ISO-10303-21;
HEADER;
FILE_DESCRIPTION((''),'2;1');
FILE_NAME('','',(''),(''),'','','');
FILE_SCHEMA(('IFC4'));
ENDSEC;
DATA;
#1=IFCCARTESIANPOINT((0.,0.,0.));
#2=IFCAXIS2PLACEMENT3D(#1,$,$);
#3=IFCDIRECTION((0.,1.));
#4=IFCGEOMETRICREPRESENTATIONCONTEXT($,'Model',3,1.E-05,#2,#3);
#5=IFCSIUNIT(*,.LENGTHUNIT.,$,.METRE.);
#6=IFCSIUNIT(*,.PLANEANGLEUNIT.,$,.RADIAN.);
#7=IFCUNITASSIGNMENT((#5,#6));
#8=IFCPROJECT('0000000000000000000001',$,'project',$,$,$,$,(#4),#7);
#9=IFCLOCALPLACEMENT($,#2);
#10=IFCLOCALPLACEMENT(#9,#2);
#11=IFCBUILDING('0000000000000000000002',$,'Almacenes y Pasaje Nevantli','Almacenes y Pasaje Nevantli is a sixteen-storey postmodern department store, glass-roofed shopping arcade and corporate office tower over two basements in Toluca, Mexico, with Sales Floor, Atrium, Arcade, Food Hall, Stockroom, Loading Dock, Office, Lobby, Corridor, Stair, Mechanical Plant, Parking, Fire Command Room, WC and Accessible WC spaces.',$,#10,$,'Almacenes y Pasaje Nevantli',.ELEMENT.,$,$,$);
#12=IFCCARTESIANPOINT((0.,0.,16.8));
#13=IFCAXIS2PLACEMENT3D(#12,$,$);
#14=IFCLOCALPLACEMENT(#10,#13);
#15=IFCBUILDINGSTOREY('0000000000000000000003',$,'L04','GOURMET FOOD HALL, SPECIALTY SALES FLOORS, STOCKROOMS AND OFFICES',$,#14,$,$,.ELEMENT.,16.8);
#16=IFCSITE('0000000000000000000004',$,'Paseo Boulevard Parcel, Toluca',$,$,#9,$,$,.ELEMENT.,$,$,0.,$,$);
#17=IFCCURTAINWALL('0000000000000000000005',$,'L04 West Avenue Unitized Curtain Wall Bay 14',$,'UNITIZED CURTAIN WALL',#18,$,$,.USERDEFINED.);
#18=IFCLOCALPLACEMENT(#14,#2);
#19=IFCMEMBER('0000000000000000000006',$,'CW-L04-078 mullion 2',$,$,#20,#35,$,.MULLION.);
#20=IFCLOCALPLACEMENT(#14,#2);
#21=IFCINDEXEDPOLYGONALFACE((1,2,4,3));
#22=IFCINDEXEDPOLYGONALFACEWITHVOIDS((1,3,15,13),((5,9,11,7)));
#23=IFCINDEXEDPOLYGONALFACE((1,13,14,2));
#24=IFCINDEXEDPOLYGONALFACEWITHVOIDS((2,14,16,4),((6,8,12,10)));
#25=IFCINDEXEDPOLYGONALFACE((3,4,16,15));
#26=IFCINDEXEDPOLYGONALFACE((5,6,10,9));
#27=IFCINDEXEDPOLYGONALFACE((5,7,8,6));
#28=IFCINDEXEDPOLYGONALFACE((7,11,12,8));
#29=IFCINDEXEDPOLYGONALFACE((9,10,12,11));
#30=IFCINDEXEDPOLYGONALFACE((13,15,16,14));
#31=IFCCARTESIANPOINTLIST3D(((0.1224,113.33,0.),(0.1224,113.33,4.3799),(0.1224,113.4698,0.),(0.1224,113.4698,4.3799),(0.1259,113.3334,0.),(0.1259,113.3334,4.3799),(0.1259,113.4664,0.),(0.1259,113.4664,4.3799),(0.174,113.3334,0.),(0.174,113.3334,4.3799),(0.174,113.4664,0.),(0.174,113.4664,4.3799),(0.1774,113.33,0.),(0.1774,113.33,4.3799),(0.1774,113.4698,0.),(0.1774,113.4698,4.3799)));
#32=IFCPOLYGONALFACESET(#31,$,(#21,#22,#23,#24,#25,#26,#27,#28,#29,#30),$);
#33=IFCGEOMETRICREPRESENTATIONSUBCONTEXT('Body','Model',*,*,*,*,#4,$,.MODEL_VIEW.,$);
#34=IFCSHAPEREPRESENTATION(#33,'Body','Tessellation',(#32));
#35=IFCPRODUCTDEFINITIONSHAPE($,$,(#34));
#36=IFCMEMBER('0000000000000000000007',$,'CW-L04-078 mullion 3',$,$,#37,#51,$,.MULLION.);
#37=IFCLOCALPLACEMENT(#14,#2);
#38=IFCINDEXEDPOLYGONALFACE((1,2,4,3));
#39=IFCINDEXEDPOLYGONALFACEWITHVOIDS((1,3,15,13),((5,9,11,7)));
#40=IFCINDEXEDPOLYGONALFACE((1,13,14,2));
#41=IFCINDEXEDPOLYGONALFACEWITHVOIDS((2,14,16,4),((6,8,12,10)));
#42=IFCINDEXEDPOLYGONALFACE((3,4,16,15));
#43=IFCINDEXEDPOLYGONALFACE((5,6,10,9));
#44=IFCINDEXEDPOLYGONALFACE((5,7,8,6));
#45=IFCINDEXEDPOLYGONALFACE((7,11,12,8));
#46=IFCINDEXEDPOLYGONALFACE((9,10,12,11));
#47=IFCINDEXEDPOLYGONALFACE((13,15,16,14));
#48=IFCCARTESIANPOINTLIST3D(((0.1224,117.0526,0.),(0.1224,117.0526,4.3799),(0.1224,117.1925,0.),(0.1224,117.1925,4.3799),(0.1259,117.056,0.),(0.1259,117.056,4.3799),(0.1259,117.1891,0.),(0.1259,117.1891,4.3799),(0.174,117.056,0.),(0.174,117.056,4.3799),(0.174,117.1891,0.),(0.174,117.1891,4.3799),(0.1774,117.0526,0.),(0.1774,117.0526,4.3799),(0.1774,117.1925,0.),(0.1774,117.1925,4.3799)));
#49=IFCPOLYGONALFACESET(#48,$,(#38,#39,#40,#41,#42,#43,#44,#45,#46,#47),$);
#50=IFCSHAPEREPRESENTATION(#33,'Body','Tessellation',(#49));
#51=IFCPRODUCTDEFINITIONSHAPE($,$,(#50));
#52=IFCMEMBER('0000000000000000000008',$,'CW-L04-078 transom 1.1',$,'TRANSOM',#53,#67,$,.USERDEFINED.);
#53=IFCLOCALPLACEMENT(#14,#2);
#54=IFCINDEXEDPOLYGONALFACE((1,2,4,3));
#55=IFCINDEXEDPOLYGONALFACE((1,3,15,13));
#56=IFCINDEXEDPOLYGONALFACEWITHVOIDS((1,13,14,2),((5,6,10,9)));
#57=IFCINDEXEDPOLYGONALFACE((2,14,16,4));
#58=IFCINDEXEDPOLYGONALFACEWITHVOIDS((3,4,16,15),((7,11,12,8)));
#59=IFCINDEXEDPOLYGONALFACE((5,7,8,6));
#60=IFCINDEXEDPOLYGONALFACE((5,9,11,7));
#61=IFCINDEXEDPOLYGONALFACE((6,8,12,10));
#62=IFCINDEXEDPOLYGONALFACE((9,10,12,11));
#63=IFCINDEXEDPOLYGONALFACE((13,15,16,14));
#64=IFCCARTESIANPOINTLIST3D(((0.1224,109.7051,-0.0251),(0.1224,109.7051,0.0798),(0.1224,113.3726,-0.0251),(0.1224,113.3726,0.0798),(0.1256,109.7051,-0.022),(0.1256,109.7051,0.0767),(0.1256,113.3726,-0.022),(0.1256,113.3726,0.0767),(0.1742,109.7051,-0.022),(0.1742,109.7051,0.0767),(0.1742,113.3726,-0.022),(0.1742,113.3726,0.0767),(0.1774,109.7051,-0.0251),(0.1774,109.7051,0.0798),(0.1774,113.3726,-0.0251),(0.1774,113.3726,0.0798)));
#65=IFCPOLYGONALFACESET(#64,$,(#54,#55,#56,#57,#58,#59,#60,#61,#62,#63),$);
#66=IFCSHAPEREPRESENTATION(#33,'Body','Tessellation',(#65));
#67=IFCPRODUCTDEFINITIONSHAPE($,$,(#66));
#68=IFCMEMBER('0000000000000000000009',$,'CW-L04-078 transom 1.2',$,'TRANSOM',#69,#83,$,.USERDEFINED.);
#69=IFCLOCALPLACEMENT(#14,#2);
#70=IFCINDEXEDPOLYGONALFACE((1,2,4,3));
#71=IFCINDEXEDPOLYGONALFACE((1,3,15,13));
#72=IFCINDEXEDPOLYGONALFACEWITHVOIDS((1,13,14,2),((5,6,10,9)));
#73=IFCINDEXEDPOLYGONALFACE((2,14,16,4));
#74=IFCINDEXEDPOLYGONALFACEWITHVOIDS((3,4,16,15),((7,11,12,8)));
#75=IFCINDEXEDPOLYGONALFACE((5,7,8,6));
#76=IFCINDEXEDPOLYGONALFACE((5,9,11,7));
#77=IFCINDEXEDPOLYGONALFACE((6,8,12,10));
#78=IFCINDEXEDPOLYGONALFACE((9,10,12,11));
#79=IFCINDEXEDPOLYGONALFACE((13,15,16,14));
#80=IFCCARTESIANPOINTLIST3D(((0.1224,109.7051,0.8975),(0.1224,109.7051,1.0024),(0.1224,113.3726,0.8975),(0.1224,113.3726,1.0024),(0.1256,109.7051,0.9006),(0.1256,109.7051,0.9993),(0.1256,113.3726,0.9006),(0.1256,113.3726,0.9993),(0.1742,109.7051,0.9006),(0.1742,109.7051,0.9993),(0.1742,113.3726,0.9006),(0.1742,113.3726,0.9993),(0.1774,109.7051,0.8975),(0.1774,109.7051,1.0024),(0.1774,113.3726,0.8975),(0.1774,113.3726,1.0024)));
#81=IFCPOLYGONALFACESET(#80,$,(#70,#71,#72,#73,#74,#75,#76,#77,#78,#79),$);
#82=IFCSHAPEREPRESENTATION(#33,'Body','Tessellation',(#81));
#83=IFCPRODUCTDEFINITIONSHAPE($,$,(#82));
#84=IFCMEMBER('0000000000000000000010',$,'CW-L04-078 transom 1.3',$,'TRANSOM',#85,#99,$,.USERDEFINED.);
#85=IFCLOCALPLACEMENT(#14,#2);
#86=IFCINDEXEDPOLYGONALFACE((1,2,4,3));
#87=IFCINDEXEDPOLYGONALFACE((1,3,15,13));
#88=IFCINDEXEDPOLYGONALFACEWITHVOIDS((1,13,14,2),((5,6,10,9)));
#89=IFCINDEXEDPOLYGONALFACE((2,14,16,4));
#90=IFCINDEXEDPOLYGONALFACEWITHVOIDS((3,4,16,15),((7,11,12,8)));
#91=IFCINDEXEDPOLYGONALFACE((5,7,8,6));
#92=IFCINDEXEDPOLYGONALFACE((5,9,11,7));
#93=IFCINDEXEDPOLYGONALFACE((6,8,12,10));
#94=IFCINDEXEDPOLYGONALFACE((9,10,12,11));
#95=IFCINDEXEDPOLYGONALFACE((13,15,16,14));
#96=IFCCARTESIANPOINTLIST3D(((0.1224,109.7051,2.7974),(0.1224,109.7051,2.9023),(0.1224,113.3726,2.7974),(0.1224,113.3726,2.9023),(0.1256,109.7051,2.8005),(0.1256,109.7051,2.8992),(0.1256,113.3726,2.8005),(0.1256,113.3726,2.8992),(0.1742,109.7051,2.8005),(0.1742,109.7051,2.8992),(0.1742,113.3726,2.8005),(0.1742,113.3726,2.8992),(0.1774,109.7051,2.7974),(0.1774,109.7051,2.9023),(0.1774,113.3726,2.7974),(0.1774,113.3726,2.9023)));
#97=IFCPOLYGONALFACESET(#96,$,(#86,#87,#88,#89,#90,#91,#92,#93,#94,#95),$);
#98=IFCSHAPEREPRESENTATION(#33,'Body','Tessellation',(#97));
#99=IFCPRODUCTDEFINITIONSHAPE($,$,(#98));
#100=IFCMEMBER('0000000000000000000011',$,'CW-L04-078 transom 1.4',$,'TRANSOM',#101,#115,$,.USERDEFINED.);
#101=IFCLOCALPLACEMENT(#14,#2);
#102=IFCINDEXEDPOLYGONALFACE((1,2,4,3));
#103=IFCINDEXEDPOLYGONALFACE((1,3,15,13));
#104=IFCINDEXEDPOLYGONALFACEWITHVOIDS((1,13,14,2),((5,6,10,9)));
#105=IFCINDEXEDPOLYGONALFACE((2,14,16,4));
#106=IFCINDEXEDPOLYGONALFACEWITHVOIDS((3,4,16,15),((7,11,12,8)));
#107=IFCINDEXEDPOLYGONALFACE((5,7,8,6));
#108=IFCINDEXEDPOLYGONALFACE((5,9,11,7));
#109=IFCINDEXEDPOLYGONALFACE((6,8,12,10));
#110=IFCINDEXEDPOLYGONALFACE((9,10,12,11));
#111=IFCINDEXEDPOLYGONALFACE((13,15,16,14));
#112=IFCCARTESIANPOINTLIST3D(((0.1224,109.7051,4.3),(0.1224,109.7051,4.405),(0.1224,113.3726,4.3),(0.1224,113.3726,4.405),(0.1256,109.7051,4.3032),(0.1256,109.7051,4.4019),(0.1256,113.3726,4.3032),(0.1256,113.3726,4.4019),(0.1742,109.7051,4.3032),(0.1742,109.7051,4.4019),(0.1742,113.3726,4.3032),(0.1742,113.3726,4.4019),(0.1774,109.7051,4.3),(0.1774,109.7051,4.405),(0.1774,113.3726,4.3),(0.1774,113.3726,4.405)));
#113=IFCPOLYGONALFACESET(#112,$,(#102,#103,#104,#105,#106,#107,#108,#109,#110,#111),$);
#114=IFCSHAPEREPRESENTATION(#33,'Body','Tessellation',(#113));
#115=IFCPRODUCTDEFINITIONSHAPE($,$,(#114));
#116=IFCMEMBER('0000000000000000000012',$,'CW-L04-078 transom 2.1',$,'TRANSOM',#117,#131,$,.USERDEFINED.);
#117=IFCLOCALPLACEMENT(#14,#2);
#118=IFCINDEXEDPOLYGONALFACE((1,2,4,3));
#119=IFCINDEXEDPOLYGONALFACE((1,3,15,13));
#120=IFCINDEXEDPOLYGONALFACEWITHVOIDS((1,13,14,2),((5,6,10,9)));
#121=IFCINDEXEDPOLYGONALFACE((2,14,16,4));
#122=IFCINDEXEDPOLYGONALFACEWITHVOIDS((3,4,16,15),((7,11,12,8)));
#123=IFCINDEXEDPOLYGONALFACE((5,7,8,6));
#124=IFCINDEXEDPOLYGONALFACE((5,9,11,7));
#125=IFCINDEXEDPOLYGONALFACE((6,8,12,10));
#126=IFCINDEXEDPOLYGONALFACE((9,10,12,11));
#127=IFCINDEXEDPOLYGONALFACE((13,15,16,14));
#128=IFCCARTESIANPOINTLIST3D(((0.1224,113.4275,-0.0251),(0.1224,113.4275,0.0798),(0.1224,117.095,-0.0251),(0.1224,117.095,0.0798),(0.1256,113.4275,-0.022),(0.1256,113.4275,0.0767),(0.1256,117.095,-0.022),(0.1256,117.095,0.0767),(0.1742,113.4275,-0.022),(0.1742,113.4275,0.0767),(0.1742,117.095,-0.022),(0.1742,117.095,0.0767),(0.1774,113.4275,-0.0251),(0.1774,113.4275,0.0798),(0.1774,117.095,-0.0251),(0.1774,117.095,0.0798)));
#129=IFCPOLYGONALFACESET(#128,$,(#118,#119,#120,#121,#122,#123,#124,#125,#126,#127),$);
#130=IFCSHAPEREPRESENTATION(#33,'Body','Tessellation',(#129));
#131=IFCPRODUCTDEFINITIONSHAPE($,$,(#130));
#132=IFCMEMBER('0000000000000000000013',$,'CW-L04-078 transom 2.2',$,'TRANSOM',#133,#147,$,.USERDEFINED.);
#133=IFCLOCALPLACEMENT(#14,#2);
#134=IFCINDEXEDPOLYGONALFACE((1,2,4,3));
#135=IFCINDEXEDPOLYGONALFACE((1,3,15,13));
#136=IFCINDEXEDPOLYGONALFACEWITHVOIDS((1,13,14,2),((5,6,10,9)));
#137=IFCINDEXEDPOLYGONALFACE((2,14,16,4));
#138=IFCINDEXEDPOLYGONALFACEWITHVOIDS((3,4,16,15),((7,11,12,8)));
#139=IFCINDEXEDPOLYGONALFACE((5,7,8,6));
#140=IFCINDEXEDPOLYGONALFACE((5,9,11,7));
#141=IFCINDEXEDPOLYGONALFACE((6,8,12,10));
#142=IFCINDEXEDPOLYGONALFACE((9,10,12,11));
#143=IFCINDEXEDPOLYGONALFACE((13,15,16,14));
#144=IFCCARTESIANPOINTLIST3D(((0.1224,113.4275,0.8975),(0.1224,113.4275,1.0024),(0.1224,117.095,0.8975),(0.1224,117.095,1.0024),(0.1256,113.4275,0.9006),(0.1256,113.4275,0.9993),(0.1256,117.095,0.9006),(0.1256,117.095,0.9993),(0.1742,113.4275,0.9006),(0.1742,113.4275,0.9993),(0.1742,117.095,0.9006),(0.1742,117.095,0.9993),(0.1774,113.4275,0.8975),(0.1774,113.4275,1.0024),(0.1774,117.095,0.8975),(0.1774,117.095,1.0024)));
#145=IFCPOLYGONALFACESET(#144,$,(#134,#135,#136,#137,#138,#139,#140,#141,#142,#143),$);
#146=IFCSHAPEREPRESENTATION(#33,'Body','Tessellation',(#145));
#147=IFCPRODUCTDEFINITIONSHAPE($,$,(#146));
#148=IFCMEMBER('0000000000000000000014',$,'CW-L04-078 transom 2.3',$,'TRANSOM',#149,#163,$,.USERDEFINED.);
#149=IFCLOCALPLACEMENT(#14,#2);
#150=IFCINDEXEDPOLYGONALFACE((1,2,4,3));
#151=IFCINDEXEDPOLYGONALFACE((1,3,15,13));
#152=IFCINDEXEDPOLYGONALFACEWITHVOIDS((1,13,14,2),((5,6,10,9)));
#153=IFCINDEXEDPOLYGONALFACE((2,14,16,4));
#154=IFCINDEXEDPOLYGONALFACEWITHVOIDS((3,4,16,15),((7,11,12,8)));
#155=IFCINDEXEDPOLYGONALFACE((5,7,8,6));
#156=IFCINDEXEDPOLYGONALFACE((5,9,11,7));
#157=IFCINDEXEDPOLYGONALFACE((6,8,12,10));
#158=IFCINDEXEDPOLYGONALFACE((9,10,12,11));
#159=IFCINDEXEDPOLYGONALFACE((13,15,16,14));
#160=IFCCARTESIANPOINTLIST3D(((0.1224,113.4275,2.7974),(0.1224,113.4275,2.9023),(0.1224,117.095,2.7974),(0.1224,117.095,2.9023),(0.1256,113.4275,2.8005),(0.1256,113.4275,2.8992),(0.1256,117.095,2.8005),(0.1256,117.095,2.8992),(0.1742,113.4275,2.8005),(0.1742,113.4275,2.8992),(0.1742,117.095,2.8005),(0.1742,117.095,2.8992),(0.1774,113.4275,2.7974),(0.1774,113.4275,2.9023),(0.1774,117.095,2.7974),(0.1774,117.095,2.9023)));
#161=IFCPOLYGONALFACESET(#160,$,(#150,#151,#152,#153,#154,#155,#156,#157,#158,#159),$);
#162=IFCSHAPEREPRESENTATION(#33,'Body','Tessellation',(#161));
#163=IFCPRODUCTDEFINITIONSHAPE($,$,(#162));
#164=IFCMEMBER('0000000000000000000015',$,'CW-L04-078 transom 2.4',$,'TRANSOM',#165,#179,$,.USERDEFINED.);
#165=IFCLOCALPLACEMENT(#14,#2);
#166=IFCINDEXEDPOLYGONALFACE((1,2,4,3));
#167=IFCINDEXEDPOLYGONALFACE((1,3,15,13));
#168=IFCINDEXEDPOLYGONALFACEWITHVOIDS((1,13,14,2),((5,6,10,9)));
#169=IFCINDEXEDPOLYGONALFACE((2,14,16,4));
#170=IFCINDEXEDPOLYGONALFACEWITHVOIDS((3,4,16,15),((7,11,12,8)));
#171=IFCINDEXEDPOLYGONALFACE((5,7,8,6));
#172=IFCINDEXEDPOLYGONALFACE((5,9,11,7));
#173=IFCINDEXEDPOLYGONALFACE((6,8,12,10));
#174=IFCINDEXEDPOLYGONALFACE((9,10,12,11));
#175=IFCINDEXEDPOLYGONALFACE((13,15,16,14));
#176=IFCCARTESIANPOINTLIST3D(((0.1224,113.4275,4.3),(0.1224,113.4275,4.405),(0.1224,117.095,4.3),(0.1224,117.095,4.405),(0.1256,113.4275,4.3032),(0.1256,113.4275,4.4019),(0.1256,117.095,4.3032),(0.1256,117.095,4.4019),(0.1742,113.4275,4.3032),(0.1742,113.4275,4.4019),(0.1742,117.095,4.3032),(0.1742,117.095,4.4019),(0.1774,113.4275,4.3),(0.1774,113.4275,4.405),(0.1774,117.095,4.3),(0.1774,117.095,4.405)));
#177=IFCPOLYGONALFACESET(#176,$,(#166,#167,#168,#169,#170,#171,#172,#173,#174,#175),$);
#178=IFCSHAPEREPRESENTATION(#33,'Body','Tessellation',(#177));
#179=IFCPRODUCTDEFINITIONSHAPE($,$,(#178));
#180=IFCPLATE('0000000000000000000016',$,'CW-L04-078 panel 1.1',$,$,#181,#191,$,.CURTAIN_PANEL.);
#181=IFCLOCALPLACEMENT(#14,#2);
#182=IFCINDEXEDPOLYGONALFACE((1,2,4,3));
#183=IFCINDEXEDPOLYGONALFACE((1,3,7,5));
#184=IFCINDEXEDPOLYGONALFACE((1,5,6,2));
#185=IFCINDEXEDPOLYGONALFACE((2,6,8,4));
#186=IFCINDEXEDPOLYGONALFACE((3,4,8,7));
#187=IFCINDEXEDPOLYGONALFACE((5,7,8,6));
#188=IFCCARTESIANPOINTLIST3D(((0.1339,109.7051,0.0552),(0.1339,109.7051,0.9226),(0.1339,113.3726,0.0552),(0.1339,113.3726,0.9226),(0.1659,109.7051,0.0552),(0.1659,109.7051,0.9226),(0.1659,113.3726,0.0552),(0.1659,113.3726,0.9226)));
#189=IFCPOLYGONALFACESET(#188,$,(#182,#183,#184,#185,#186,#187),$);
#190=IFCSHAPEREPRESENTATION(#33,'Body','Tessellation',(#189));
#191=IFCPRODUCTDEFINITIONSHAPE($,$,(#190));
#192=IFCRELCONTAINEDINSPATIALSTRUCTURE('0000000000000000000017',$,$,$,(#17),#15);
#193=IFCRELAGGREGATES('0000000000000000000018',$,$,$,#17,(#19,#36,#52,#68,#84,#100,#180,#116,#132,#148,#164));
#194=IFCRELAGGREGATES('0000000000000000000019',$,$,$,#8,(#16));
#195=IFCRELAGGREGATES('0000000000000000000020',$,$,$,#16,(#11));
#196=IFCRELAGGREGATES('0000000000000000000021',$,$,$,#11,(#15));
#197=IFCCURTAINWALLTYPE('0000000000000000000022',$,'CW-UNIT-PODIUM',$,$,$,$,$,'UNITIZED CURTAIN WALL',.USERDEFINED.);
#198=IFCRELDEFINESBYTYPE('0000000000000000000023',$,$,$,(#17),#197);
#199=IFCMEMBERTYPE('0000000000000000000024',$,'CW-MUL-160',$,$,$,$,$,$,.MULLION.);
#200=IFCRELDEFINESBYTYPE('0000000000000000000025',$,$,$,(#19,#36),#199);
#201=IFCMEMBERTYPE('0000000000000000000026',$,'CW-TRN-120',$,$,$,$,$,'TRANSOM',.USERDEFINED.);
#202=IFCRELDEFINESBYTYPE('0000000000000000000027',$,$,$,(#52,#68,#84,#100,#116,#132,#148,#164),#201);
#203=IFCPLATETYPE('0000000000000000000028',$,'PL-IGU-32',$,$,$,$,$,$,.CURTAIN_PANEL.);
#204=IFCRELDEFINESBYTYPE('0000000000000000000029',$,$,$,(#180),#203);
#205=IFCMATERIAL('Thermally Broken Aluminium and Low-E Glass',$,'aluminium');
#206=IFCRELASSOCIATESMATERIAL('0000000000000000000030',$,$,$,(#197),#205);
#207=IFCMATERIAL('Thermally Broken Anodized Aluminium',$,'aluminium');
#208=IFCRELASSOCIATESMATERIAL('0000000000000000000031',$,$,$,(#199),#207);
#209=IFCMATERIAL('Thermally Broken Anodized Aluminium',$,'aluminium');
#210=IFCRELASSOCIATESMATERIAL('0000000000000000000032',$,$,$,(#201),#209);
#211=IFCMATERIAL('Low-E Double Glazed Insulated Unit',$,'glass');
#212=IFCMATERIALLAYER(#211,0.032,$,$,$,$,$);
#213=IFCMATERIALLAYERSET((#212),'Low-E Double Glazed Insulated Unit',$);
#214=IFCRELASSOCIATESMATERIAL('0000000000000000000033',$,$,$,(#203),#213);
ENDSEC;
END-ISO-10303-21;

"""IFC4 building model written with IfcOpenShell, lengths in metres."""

from ifc_helpers import new_model, si_unit, direction, frame, origin, origin_2d, place, context, subcontext, project, spatial, rectangle, hollow_rectangle, extrude, material, layer, layer_set, material_profile, profile_set, type_object, element, aggregate, save


model = new_model("IFC4")

# Units and contexts
model_context = context("Model", 3, precision=1e-05, world=origin(), true_north=direction((0.0, 1.0)))
body_context = subcontext(model_context, "Body", "Model", "MODEL_VIEW")
ifc_project = project(units=[si_unit("LENGTHUNIT", "METRE"), si_unit("PLANEANGLEUNIT", "RADIAN")], contexts=[model_context])

# Site, building, storey
site_placement = place(None, origin())
site = spatial("IfcSite", under=ifc_project, at=site_placement, Name="Paseo Boulevard Parcel, Toluca", CompositionType="ELEMENT", RefElevation=0.0)
building_placement = place(site_placement, origin())
building = spatial("IfcBuilding", under=site, at=building_placement, Name="Almacenes y Pasaje Nevantli", Description="Almacenes y Pasaje Nevantli is a sixteen-storey postmodern department store, glass-roofed shopping arcade and corporate office tower over two basements in Toluca, Mexico, with Sales Floor, Atrium, Arcade, Food Hall, Stockroom, Loading Dock, Office, Lobby, Corridor, Stair, Mechanical Plant, Parking, Fire Command Room, WC and Accessible WC spaces.", LongName="Almacenes y Pasaje Nevantli", CompositionType="ELEMENT")
storey_placement = place(building_placement, frame((0.0, 0.0, 16.8)))
storey = spatial("IfcBuildingStorey", under=building, at=storey_placement, Name="L04", Description="GOURMET FOOD HALL, SPECIALTY SALES FLOORS, STOCKROOMS AND OFFICES", CompositionType="ELEMENT", Elevation=16.8)

# Curtain wall, members, plate
ifc_material_1 = material(Name="Thermally Broken Aluminium and Low-E Glass", Category="aluminium")
curtain_wall_type = type_object("IfcCurtainWallType", Name="CW-UNIT-PODIUM", ElementType="UNITIZED CURTAIN WALL", PredefinedType="USERDEFINED", material=ifc_material_1)
curtain_wall_placement = place(storey_placement, origin())
curtain_wall = element("IfcCurtainWall", 1, at=curtain_wall_placement, inside=storey, type_object=curtain_wall_type, Name="L04 West Avenue Unitized Curtain Wall Bay 14", ObjectType="UNITIZED CURTAIN WALL", PredefinedType="USERDEFINED")
ifc_material_2 = material(Name="Thermally Broken Anodized Aluminium", Category="aluminium")
ifc_material_profile_1 = material_profile(ifc_material_2, hollow_rectangle(XDim=0.0549, YDim=0.1399, WallThickness=0.0034, at=origin_2d()), Name="ALU-MUL-55x140")
ifc_profile_set_1 = profile_set([ifc_material_profile_1], Name="Thermally Broken Anodized Aluminium")
member_type_1 = type_object("IfcMemberType", Name="CW-MUL-160", PredefinedType="MULLION", material=ifc_profile_set_1)
member_1_placement = place(storey_placement, frame((0.1499, 113.3999, 0.0), z_axis=(0.0, 0.0, 1.0), x_axis=(-1.0, 0.0, 0.0)))
member_1 = element("IfcMember", 2, at=member_1_placement, type_object=member_type_1, Name="CW-L04-078 mullion 2", PredefinedType="MULLION", context=body_context, shape_type="SweptSolid", body=[
    extrude(hollow_rectangle(XDim=0.0549, YDim=0.1399, WallThickness=0.0034, at=origin_2d()), origin(), (0.0, 0.0, 1.0), 4.3799),
])
member_2_placement = place(storey_placement, frame((0.1499, 117.1226, 0.0), z_axis=(0.0, 0.0, 1.0), x_axis=(-1.0, 0.0, 0.0)))
member_2 = element("IfcMember", 3, at=member_2_placement, type_object=member_type_1, Name="CW-L04-078 mullion 3", PredefinedType="MULLION", context=body_context, shape_type="SweptSolid", body=[
    extrude(hollow_rectangle(XDim=0.0549, YDim=0.1399, WallThickness=0.0034, at=origin_2d()), origin(), (0.0, 0.0, 1.0), 4.3799),
])
ifc_material_3 = material(Name="Thermally Broken Anodized Aluminium", Category="aluminium")
ifc_material_profile_2 = material_profile(ifc_material_3, hollow_rectangle(XDim=0.0549, YDim=0.105, WallThickness=0.0032, at=origin_2d()), Name="ALU-TRN-55x105")
ifc_profile_set_2 = profile_set([ifc_material_profile_2], Name="Thermally Broken Anodized Aluminium")
member_type_2 = type_object("IfcMemberType", Name="CW-TRN-120", ElementType="TRANSOM", PredefinedType="USERDEFINED", material=ifc_profile_set_2)
member_3_placement = place(storey_placement, frame((0.1499, 109.7051, 0.0273), z_axis=(0.0, 1.0, 0.0), x_axis=(-1.0, 0.0, 0.0)))
member_3 = element("IfcMember", 4, at=member_3_placement, type_object=member_type_2, Name="CW-L04-078 transom 1.1", ObjectType="TRANSOM", PredefinedType="USERDEFINED", context=body_context, shape_type="SweptSolid", body=[
    extrude(hollow_rectangle(XDim=0.0549, YDim=0.105, WallThickness=0.0032, at=origin_2d()), origin(), (0.0, 0.0, 1.0), 3.6675),
])
member_4_placement = place(storey_placement, frame((0.1499, 109.7051, 0.95), z_axis=(0.0, 1.0, 0.0), x_axis=(-1.0, 0.0, 0.0)))
member_4 = element("IfcMember", 5, at=member_4_placement, type_object=member_type_2, Name="CW-L04-078 transom 1.2", ObjectType="TRANSOM", PredefinedType="USERDEFINED", context=body_context, shape_type="SweptSolid", body=[
    extrude(hollow_rectangle(XDim=0.0549, YDim=0.105, WallThickness=0.0032, at=origin_2d()), origin(), (0.0, 0.0, 1.0), 3.6675),
])
member_5_placement = place(storey_placement, frame((0.1499, 109.7051, 2.8499), z_axis=(0.0, 1.0, 0.0), x_axis=(-1.0, 0.0, 0.0)))
member_5 = element("IfcMember", 6, at=member_5_placement, type_object=member_type_2, Name="CW-L04-078 transom 1.3", ObjectType="TRANSOM", PredefinedType="USERDEFINED", context=body_context, shape_type="SweptSolid", body=[
    extrude(hollow_rectangle(XDim=0.0549, YDim=0.105, WallThickness=0.0032, at=origin_2d()), origin(), (0.0, 0.0, 1.0), 3.6675),
])
member_6_placement = place(storey_placement, frame((0.1499, 109.7051, 4.3525), z_axis=(0.0, 1.0, 0.0), x_axis=(-1.0, 0.0, 0.0)))
member_6 = element("IfcMember", 7, at=member_6_placement, type_object=member_type_2, Name="CW-L04-078 transom 1.4", ObjectType="TRANSOM", PredefinedType="USERDEFINED", context=body_context, shape_type="SweptSolid", body=[
    extrude(hollow_rectangle(XDim=0.0549, YDim=0.105, WallThickness=0.0032, at=origin_2d()), origin(), (0.0, 0.0, 1.0), 3.6675),
])
member_7_placement = place(storey_placement, frame((0.1499, 113.4275, 0.0273), z_axis=(0.0, 1.0, 0.0), x_axis=(-1.0, 0.0, 0.0)))
member_7 = element("IfcMember", 8, at=member_7_placement, type_object=member_type_2, Name="CW-L04-078 transom 2.1", ObjectType="TRANSOM", PredefinedType="USERDEFINED", context=body_context, shape_type="SweptSolid", body=[
    extrude(hollow_rectangle(XDim=0.0549, YDim=0.105, WallThickness=0.0032, at=origin_2d()), origin(), (0.0, 0.0, 1.0), 3.6675),
])
member_8_placement = place(storey_placement, frame((0.1499, 113.4275, 0.95), z_axis=(0.0, 1.0, 0.0), x_axis=(-1.0, 0.0, 0.0)))
member_8 = element("IfcMember", 9, at=member_8_placement, type_object=member_type_2, Name="CW-L04-078 transom 2.2", ObjectType="TRANSOM", PredefinedType="USERDEFINED", context=body_context, shape_type="SweptSolid", body=[
    extrude(hollow_rectangle(XDim=0.0549, YDim=0.105, WallThickness=0.0032, at=origin_2d()), origin(), (0.0, 0.0, 1.0), 3.6675),
])
member_9_placement = place(storey_placement, frame((0.1499, 113.4275, 2.8499), z_axis=(0.0, 1.0, 0.0), x_axis=(-1.0, 0.0, 0.0)))
member_9 = element("IfcMember", 10, at=member_9_placement, type_object=member_type_2, Name="CW-L04-078 transom 2.3", ObjectType="TRANSOM", PredefinedType="USERDEFINED", context=body_context, shape_type="SweptSolid", body=[
    extrude(hollow_rectangle(XDim=0.0549, YDim=0.105, WallThickness=0.0032, at=origin_2d()), origin(), (0.0, 0.0, 1.0), 3.6675),
])
member_10_placement = place(storey_placement, frame((0.1499, 113.4275, 4.3525), z_axis=(0.0, 1.0, 0.0), x_axis=(-1.0, 0.0, 0.0)))
member_10 = element("IfcMember", 11, at=member_10_placement, type_object=member_type_2, Name="CW-L04-078 transom 2.4", ObjectType="TRANSOM", PredefinedType="USERDEFINED", context=body_context, shape_type="SweptSolid", body=[
    extrude(hollow_rectangle(XDim=0.0549, YDim=0.105, WallThickness=0.0032, at=origin_2d()), origin(), (0.0, 0.0, 1.0), 3.6675),
])
ifc_material_4 = material(Name="Low-E Double Glazed Insulated Unit", Category="glass")
ifc_layer_1 = layer(ifc_material_4, 0.032)
ifc_layer_set_1 = layer_set([ifc_layer_1], Name="Low-E Double Glazed Insulated Unit")
plate_type = type_object("IfcPlateType", Name="PL-IGU-32", PredefinedType="CURTAIN_PANEL", material=ifc_layer_set_1)
plate_1_placement = place(storey_placement, frame((0.1499, 111.5388, 0.0552), z_axis=(0.0, 0.0, 1.0), x_axis=(0.0, 1.0, 0.0)))
plate_1 = element("IfcPlate", 12, at=plate_1_placement, type_object=plate_type, Name="CW-L04-078 panel 1.1", PredefinedType="CURTAIN_PANEL", context=body_context, shape_type="SweptSolid", body=[
    extrude(rectangle(XDim=3.6675, YDim=0.032, at=origin_2d()), origin(), (0.0, 0.0, 1.0), 0.8674),
])
aggregate(curtain_wall, [member_1, member_2, member_3, member_4, member_5, member_6, plate_1, member_7, member_8, member_9, member_10])

save(model, "model.ifc")
